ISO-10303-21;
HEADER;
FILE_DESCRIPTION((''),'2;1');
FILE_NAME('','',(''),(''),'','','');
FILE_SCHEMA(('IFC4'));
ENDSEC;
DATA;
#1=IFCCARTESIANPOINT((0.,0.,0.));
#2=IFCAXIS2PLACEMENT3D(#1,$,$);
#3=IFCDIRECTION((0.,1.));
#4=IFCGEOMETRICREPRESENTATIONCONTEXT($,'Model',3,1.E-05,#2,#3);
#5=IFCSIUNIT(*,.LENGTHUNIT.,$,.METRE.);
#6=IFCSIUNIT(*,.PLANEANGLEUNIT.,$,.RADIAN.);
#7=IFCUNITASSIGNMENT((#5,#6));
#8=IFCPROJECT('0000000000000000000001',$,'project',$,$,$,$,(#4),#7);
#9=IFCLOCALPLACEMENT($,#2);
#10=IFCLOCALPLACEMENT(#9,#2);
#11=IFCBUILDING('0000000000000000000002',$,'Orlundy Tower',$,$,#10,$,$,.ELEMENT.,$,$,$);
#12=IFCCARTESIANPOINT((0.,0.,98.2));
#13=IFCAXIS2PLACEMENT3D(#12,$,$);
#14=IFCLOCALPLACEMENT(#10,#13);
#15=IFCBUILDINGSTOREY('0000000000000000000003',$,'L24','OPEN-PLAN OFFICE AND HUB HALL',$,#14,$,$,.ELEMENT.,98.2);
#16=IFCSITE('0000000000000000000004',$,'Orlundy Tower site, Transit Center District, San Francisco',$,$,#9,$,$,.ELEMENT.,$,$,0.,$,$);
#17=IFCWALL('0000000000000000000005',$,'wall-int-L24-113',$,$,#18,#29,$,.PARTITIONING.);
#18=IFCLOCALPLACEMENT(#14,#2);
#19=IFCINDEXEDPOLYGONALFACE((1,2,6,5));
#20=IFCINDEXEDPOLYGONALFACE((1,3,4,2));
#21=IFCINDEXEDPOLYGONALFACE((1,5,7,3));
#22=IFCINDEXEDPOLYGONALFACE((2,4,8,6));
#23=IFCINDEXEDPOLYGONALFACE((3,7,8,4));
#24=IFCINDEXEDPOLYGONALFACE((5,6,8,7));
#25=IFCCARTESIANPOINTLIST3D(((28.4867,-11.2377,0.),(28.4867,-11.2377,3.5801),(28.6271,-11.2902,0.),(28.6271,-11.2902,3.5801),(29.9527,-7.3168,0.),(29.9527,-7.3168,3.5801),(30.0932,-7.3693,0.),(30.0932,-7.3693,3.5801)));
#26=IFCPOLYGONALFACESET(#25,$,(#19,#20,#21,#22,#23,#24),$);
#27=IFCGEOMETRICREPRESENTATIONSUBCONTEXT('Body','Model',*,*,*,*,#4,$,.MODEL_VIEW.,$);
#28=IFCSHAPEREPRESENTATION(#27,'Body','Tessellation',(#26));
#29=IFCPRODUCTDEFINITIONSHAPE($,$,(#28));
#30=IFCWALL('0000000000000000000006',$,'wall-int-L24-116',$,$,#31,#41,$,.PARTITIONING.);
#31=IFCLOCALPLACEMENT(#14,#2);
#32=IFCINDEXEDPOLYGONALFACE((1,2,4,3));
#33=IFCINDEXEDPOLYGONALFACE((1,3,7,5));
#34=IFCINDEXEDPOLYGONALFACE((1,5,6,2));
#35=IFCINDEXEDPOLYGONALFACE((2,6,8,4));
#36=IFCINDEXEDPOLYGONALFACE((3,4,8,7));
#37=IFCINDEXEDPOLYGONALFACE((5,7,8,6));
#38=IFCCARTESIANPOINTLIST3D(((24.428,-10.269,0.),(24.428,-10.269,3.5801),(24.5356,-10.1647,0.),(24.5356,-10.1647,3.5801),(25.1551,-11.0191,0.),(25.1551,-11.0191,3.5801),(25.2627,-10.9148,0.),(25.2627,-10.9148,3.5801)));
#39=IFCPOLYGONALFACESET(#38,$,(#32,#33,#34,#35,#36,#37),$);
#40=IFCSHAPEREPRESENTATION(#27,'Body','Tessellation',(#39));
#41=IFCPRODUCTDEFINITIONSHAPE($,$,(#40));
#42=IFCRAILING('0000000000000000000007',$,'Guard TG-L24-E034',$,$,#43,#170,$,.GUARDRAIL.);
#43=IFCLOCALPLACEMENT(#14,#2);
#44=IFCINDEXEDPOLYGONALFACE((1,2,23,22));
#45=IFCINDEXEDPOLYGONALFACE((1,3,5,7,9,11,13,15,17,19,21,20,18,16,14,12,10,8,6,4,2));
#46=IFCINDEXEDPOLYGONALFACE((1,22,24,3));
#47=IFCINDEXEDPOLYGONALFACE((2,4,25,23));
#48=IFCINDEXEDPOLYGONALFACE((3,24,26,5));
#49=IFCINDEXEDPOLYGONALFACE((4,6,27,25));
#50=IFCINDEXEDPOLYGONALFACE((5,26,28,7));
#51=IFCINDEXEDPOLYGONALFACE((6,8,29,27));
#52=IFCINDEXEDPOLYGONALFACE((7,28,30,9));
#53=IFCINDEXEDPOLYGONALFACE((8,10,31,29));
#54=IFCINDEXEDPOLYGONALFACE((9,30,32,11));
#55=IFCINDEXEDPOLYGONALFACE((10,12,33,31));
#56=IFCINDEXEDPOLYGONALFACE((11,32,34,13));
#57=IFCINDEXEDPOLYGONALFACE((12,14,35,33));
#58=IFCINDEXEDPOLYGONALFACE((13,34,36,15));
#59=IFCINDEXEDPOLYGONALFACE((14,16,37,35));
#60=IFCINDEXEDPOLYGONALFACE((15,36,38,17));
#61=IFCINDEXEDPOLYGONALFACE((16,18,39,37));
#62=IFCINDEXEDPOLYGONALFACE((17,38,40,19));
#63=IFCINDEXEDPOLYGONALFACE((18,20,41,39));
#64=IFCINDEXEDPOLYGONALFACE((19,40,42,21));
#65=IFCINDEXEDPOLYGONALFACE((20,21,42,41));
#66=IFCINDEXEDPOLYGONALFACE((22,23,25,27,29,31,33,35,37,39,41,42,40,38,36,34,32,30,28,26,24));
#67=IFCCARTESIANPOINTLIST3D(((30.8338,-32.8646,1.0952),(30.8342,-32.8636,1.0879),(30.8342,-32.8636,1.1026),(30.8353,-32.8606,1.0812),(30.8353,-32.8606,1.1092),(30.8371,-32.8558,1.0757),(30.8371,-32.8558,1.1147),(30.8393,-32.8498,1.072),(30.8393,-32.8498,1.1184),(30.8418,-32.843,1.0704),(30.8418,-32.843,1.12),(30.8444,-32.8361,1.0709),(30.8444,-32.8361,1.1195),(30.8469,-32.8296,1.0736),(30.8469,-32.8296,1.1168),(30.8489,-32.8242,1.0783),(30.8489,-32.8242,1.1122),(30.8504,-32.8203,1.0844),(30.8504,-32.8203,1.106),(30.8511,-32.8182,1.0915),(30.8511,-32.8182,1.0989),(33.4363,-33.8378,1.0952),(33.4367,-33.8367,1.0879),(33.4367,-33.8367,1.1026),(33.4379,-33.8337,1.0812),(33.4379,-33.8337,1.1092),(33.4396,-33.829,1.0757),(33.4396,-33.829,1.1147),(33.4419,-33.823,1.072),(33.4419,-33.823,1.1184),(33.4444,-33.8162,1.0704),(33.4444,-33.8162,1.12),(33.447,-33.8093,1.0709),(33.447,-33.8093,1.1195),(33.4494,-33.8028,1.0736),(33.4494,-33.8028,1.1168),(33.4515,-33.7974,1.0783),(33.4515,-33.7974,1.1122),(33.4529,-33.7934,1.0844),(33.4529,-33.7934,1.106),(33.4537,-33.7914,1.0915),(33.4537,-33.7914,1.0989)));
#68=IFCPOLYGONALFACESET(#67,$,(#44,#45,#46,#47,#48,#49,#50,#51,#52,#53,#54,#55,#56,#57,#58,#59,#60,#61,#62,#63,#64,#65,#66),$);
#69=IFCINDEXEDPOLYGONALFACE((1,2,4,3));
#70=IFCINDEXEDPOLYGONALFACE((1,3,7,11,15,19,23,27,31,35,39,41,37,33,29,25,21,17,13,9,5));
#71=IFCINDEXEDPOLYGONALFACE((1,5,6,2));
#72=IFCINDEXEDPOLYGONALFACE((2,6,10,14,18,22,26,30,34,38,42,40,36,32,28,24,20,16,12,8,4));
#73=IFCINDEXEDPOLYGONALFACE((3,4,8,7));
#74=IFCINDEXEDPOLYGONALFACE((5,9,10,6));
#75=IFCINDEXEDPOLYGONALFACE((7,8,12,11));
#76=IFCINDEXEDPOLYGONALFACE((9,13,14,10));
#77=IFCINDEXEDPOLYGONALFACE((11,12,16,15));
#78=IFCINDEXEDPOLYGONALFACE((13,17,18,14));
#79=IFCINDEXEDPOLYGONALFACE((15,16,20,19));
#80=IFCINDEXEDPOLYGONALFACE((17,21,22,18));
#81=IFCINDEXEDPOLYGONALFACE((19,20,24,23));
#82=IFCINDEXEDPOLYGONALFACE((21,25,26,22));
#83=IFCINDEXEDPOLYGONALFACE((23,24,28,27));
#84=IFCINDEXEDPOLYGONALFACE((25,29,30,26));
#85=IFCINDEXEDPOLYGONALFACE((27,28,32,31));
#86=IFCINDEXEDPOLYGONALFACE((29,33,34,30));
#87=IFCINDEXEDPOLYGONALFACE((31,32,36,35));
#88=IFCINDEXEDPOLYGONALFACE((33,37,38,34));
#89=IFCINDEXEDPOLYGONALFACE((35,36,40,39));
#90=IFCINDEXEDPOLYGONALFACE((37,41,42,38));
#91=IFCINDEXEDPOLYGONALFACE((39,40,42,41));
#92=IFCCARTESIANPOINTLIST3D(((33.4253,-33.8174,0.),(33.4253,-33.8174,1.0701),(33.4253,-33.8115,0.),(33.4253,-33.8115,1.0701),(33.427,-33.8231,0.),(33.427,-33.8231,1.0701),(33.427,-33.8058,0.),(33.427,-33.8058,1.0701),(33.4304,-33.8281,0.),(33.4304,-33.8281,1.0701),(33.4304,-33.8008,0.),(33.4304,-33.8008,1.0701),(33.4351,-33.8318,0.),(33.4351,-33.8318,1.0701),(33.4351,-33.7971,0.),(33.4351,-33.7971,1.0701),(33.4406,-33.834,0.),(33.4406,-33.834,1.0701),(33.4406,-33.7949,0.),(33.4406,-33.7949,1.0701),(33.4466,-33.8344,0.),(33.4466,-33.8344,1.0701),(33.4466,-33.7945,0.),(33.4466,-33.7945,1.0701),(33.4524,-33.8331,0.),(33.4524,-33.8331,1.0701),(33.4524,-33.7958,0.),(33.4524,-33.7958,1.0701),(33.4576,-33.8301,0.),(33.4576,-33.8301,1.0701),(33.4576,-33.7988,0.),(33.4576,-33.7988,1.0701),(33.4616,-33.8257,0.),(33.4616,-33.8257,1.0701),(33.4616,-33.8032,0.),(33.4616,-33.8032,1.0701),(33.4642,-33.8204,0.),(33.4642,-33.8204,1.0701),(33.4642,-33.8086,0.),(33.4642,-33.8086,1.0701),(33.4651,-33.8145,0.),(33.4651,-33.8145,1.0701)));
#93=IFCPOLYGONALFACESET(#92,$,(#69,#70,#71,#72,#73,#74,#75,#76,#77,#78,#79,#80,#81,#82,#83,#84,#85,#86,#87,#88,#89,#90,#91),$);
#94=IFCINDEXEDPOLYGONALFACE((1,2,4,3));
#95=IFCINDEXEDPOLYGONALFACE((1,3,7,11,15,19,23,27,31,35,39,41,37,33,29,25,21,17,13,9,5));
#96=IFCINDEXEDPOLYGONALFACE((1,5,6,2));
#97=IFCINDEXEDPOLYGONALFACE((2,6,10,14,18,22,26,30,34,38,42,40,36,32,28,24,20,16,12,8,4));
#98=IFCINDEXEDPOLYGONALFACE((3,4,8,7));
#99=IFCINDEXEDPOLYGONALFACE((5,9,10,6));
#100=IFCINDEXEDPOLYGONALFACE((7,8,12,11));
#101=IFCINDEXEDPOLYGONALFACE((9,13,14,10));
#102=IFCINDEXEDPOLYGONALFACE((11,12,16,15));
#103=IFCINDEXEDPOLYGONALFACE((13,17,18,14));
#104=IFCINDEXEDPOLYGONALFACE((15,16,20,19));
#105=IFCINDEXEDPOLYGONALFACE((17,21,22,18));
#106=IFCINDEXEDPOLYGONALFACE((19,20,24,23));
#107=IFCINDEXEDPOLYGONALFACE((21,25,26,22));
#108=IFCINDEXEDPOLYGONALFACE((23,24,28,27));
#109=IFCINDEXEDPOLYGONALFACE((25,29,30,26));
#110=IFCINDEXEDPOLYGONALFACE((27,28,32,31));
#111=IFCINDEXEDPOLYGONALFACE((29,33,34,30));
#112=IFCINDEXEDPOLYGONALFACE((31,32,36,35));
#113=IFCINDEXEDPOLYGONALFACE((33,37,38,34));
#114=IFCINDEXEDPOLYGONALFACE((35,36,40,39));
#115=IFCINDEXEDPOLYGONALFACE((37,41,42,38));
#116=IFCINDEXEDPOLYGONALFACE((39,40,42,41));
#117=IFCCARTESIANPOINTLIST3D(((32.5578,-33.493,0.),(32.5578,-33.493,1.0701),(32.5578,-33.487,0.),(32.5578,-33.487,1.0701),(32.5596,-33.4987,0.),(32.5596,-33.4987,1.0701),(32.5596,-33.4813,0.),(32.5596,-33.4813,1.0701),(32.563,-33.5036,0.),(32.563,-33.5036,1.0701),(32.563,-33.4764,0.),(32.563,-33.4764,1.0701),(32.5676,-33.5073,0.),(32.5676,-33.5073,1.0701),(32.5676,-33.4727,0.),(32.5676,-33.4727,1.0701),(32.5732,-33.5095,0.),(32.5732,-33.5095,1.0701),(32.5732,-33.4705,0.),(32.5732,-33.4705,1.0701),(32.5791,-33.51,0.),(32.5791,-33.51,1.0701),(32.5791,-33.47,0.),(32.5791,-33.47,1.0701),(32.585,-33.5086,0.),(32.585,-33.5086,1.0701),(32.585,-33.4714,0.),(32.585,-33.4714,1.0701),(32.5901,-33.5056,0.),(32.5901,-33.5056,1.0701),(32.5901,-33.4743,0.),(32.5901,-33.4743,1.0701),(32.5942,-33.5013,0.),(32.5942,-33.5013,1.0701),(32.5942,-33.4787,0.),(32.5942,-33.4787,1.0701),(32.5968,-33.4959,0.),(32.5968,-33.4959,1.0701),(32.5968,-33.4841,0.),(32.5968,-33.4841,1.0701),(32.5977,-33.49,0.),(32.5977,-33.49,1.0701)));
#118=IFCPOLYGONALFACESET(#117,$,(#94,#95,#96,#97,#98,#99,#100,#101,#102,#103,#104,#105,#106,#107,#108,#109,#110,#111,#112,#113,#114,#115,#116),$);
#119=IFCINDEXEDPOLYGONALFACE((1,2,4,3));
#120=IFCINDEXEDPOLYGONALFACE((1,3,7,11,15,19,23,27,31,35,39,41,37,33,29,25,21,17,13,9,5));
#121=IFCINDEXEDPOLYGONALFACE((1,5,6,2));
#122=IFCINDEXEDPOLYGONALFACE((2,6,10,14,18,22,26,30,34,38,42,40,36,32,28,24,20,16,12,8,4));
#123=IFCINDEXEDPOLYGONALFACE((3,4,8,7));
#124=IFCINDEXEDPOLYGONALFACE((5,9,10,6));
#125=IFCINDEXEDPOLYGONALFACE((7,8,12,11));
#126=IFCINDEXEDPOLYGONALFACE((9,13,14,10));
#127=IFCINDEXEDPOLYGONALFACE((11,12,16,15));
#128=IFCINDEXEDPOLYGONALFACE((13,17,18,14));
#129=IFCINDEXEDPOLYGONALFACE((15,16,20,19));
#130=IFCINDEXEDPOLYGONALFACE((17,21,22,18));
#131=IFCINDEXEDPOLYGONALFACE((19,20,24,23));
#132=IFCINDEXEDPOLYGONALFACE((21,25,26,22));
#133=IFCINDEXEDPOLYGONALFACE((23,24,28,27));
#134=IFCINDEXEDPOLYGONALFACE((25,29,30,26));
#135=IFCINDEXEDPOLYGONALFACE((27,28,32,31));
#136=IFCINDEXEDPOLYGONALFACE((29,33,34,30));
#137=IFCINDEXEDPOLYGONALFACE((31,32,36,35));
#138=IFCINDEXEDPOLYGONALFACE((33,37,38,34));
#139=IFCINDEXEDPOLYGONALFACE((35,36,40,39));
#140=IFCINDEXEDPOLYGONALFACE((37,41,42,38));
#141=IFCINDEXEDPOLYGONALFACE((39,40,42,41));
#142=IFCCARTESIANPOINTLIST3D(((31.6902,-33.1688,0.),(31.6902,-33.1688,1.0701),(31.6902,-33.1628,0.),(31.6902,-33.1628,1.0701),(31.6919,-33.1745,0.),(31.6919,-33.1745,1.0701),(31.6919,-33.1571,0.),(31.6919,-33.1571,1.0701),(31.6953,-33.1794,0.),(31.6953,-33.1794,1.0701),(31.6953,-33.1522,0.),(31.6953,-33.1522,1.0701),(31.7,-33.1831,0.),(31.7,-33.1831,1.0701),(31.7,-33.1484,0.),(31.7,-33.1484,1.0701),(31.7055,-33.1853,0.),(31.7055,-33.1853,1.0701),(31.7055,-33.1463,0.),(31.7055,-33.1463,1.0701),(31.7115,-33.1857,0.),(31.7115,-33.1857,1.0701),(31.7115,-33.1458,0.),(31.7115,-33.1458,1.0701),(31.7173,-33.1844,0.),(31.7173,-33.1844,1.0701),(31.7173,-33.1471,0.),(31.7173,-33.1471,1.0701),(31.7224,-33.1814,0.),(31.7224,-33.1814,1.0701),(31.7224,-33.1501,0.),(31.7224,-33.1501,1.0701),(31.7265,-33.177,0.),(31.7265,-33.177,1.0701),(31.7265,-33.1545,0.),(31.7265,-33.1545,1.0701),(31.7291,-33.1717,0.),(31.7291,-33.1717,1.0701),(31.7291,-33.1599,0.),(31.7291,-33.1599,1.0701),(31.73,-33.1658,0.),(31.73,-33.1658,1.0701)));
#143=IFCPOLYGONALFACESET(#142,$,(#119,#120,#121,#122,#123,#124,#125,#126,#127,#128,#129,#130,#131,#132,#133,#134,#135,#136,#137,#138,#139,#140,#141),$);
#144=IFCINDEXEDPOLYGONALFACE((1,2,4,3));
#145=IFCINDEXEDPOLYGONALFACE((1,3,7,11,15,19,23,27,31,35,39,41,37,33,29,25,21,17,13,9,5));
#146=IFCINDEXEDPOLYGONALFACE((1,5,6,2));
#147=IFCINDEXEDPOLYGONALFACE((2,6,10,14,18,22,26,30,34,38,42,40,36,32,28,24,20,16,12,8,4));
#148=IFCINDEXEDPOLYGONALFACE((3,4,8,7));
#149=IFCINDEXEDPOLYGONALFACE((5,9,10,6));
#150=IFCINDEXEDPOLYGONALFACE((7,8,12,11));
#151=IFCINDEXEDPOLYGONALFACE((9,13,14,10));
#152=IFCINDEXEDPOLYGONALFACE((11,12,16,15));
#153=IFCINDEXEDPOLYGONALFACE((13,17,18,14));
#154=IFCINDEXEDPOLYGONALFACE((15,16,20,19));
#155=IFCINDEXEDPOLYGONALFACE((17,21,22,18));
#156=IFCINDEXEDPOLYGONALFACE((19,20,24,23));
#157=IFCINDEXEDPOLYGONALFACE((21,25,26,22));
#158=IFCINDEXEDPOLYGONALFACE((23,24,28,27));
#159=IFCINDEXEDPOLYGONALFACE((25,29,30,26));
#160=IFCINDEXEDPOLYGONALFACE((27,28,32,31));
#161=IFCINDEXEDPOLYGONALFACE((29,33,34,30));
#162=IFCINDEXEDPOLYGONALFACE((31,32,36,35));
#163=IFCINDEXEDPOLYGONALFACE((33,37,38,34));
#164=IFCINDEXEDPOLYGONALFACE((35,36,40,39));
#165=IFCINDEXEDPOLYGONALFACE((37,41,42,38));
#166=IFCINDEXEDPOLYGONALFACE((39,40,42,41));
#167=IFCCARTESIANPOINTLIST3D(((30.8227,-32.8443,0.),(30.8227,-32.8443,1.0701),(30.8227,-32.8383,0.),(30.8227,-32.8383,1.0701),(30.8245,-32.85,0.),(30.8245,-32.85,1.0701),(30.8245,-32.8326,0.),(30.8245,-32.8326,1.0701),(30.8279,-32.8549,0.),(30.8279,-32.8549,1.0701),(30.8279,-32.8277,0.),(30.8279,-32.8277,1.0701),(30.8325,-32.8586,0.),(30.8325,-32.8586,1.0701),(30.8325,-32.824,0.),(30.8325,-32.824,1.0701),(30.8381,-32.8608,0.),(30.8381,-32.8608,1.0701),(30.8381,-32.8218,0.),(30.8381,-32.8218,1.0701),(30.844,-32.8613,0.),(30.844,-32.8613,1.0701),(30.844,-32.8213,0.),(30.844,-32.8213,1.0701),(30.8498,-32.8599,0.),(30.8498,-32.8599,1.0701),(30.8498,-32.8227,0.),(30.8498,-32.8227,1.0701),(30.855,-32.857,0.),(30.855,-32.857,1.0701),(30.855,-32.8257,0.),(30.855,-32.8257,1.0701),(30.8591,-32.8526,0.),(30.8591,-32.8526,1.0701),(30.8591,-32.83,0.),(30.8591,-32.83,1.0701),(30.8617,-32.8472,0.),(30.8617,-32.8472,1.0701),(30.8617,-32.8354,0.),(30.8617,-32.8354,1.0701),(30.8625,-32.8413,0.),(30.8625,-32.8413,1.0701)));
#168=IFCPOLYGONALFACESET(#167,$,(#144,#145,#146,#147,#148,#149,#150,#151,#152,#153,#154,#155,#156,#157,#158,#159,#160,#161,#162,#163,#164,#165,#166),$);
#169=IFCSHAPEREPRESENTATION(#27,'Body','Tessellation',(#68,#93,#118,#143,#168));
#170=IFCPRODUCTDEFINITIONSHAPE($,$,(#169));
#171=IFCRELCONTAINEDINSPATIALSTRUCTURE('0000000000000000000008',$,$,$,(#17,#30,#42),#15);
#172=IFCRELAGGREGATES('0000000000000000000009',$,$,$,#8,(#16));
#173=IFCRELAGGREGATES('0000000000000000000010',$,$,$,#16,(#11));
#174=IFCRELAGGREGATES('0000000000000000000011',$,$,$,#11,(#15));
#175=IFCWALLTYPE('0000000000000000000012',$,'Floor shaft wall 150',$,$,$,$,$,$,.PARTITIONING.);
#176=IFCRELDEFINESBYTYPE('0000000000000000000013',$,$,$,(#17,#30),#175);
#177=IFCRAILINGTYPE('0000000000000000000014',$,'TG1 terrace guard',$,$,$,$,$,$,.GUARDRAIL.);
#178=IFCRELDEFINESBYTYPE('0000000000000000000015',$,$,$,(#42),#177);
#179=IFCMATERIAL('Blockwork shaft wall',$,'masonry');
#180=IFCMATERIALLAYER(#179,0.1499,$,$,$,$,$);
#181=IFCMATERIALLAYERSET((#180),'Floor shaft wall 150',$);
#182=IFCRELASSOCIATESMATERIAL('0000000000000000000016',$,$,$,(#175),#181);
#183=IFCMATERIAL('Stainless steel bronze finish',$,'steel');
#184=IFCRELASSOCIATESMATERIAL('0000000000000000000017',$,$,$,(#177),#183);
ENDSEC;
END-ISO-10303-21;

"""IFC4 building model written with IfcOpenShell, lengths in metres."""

from ifc_helpers import new_model, si_unit, direction, frame, frame_2d, origin, origin_2d, place, context, subcontext, project, spatial, rectangle, circle, extrude, material, layer, layer_set, type_object, element, save


model = new_model("IFC4")

# Units and contexts
model_context = context("Model", 3, precision=1e-05, world=origin(), true_north=direction((0.0, 1.0)))
body_context = subcontext(model_context, "Body", "Model", "MODEL_VIEW")
ifc_project = project(units=[si_unit("LENGTHUNIT", "METRE"), si_unit("PLANEANGLEUNIT", "RADIAN")], contexts=[model_context])

# Site, building, storey
site_placement = place(None, origin())
site = spatial("IfcSite", under=ifc_project, at=site_placement, Name="Orlundy Tower site, Transit Center District, San Francisco", CompositionType="ELEMENT", RefElevation=0.0)
building_placement = place(site_placement, origin())
building = spatial("IfcBuilding", under=site, at=building_placement, Name="Orlundy Tower", CompositionType="ELEMENT")
storey_placement = place(building_placement, frame((0.0, 0.0, 98.2)))
storey = spatial("IfcBuildingStorey", under=building, at=storey_placement, Name="L24", Description="OPEN-PLAN OFFICE AND HUB HALL", CompositionType="ELEMENT", Elevation=98.2)

# Walls
ifc_material_1 = material(Name="Blockwork shaft wall", Category="masonry")
ifc_layer_1 = layer(ifc_material_1, 0.1499)
ifc_layer_set_1 = layer_set([ifc_layer_1], Name="Floor shaft wall 150")
wall_type_1 = type_object("IfcWallType", Name="Floor shaft wall 150", PredefinedType="PARTITIONING", material=ifc_layer_set_1)
wall_1_placement = place(storey_placement, frame((28.5569, -11.2639, 0.0), z_axis=(0.0, 0.0, 1.0), x_axis=(0.350228, 0.936664, 0.0)))
element("IfcWall", 1, at=wall_1_placement, inside=storey, type_object=wall_type_1, Name="wall-int-L24-113", PredefinedType="PARTITIONING", context=body_context, shape_type="SweptSolid", body=[
    extrude(rectangle(XDim=4.186, YDim=0.1499, at=frame_2d((2.093, 0.0))), origin(), (0.0, 0.0, 1.0), 3.5801),
])
wall_2_placement = place(storey_placement, frame((25.209, -10.967, 0.0), z_axis=(0.0, 0.0, 1.0), x_axis=(-0.696036, 0.718007, 0.0)))
element("IfcWall", 2, at=wall_2_placement, inside=storey, type_object=wall_type_1, Name="wall-int-L24-116", PredefinedType="PARTITIONING", context=body_context, shape_type="SweptSolid", body=[
    extrude(rectangle(XDim=1.0447, YDim=0.1499, at=frame_2d((0.5225, 0.0))), origin(), (0.0, 0.0, 1.0), 3.5801),
])

# Railing
ifc_material_2 = material(Name="Stainless steel bronze finish", Category="steel")
railing_type = type_object("IfcRailingType", Name="TG1 terrace guard", PredefinedType="GUARDRAIL", material=ifc_material_2)
railing_1_placement = place(storey_placement, frame((33.4451, -33.8145, 0.0)))
element("IfcRailing", 3, at=railing_1_placement, inside=storey, type_object=railing_type, Name="Guard TG-L24-E034", PredefinedType="GUARDRAIL", context=body_context, shape_type="SweptSolid", body=[
    extrude(circle(Radius=0.0249, at=origin_2d()), frame((0.0, 0.0, 1.0952), z_axis=(-0.936661, 0.350237, 0.0), x_axis=(-0.350237, -0.936661, 0.0)), (0.0, 0.0, 1.0), 2.7786),
    extrude(circle(Radius=0.02, at=origin_2d()), origin(), (0.0, 0.0, 1.0), 1.0701),
    extrude(circle(Radius=0.02, at=origin_2d()), frame((-0.8674, 0.3245, 0.0)), (0.0, 0.0, 1.0), 1.0701),
    extrude(circle(Radius=0.02, at=origin_2d()), frame((-1.7351, 0.6487, 0.0)), (0.0, 0.0, 1.0), 1.0701),
    extrude(circle(Radius=0.02, at=origin_2d()), frame((-2.6025, 0.9731, 0.0)), (0.0, 0.0, 1.0), 1.0701),
])

save(model, "model.ifc")
